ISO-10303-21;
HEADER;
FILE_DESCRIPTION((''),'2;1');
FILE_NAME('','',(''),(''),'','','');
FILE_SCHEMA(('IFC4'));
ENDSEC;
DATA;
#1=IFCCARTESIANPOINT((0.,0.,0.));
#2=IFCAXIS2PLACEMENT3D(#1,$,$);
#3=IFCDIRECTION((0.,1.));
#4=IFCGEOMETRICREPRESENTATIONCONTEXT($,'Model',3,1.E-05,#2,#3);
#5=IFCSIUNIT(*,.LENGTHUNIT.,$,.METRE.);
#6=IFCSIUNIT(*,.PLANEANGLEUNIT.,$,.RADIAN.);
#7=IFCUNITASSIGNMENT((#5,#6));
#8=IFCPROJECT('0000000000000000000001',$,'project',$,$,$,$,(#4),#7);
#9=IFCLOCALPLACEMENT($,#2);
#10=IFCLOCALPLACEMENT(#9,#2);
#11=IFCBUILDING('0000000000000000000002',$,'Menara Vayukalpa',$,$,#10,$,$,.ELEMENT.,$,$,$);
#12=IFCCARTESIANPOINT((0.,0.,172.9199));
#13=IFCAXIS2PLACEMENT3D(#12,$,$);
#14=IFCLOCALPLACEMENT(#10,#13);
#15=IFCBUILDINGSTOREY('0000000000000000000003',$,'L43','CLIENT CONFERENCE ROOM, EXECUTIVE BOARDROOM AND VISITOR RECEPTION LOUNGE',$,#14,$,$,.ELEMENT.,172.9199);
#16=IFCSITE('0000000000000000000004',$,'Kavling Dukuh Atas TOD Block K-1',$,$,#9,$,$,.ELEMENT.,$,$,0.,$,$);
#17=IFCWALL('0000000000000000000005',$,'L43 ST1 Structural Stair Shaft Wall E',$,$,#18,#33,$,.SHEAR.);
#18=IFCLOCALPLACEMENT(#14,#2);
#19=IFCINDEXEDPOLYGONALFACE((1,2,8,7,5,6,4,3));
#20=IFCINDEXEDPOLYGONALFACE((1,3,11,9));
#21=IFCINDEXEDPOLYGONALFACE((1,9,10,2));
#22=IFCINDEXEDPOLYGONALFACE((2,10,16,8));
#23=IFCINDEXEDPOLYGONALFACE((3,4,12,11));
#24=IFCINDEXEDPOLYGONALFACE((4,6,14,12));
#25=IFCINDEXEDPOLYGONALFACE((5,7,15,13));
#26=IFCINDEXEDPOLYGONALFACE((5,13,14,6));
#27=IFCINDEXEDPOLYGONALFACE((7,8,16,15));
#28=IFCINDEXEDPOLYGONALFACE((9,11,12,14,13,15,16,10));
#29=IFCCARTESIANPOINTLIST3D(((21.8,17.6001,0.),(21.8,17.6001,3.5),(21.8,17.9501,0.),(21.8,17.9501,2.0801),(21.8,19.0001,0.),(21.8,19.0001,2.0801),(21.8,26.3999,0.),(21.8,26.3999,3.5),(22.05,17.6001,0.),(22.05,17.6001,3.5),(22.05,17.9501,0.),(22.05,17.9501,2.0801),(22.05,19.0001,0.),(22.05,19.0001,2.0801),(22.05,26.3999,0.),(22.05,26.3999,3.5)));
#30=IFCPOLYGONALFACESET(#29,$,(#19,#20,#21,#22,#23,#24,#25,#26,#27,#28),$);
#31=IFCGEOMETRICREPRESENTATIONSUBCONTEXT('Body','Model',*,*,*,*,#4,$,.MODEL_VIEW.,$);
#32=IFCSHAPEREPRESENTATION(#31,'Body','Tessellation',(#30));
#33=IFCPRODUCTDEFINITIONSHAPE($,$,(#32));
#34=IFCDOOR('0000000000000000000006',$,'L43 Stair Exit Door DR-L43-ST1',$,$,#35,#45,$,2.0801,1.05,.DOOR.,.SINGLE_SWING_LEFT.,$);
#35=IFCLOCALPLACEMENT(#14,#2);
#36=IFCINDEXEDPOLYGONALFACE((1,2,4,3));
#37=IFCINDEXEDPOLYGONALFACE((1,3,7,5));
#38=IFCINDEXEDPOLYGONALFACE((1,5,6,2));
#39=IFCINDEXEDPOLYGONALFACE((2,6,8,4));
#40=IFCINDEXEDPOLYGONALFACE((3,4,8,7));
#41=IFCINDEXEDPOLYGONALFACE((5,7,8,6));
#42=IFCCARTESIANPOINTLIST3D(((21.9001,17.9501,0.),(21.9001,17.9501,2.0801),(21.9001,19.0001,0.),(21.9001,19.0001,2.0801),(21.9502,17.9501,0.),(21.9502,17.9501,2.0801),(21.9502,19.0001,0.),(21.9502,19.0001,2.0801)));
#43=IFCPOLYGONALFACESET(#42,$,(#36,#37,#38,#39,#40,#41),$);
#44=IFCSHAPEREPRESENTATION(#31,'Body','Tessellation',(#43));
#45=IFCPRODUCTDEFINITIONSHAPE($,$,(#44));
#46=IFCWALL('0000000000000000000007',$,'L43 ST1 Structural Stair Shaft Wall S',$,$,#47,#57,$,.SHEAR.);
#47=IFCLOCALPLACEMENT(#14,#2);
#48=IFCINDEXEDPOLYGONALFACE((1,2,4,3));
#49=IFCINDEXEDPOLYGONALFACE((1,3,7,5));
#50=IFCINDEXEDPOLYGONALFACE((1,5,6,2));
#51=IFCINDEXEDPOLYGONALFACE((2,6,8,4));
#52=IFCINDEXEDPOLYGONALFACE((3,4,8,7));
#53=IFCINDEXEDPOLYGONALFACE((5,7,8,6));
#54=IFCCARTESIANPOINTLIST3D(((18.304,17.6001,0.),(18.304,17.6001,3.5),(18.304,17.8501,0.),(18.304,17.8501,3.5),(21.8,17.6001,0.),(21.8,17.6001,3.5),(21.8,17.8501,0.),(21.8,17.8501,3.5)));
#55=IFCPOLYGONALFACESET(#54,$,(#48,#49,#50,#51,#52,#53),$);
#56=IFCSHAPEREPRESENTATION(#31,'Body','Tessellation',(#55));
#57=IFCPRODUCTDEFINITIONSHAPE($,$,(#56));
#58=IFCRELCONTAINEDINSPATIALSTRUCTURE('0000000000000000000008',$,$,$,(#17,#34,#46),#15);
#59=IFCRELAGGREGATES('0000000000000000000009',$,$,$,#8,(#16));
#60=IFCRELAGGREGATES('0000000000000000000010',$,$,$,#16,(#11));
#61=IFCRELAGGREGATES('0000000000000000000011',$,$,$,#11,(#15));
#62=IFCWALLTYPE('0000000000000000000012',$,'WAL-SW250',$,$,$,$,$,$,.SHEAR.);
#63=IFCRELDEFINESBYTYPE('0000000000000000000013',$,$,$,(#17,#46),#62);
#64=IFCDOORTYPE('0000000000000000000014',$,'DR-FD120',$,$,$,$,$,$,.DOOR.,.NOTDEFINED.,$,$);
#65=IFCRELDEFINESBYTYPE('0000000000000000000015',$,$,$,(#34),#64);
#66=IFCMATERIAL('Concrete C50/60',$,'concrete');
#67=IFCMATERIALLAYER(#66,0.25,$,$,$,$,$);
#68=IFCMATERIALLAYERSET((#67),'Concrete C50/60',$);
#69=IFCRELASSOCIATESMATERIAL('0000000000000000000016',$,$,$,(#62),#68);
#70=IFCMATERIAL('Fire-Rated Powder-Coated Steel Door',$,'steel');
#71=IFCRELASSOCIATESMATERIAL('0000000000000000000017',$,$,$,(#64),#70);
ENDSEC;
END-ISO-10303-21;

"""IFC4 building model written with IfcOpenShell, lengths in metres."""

from ifc_helpers import new_model, si_unit, direction, frame, frame_2d, origin, place, context, subcontext, project, spatial, rectangle, extrude, material, layer, layer_set, type_object, element, fill, save


model = new_model("IFC4")

# Units and contexts
model_context = context("Model", 3, precision=1e-05, world=origin(), true_north=direction((0.0, 1.0)))
body_context = subcontext(model_context, "Body", "Model", "MODEL_VIEW")
ifc_project = project(units=[si_unit("LENGTHUNIT", "METRE"), si_unit("PLANEANGLEUNIT", "RADIAN")], contexts=[model_context])

# Site, building, storey
site_placement = place(None, origin())
site = spatial("IfcSite", under=ifc_project, at=site_placement, Name="Kavling Dukuh Atas TOD Block K-1", CompositionType="ELEMENT", RefElevation=0.0)
building_placement = place(site_placement, origin())
building = spatial("IfcBuilding", under=site, at=building_placement, Name="Menara Vayukalpa", CompositionType="ELEMENT")
storey_placement = place(building_placement, frame((0.0, 0.0, 172.9199)))
storey = spatial("IfcBuildingStorey", under=building, at=storey_placement, Name="L43", Description="CLIENT CONFERENCE ROOM, EXECUTIVE BOARDROOM AND VISITOR RECEPTION LOUNGE", CompositionType="ELEMENT", Elevation=172.9199)

# Shared definitions
ifc_material_1 = material(Name="Concrete C50/60", Category="concrete")
ifc_layer_1 = layer(ifc_material_1, 0.25)
ifc_layer_set_1 = layer_set([ifc_layer_1], Name="Concrete C50/60")
wall_type_1 = type_object("IfcWallType", Name="WAL-SW250", PredefinedType="SHEAR", material=ifc_layer_set_1)

# Wall, opening, door
wall_1_placement = place(storey_placement, frame((21.925, 17.6001, 0.0), z_axis=(0.0, 0.0, 1.0), x_axis=(0.0, 1.0, 0.0)))
wall_1 = element("IfcWall", 1, at=wall_1_placement, inside=storey, type_object=wall_type_1, Name="L43 ST1 Structural Stair Shaft Wall E", PredefinedType="SHEAR", context=body_context, shape_type="SweptSolid", body=[
    extrude(rectangle(XDim=8.7998, YDim=0.25, at=frame_2d((4.3999, 0.0))), origin(), (0.0, 0.0, 1.0), 3.5),
])
opening_1_placement = place(wall_1_placement, frame((0.3501, 0.0, 0.0)))
opening_1 = element("IfcOpeningElement", 2, at=opening_1_placement, cuts=wall_1, PredefinedType="OPENING", context=body_context, shape_type="SweptSolid", body=[
    extrude(rectangle(XDim=1.05, YDim=2.0801, at=frame_2d((0.5249, 1.04))), frame((0.0, 0.135, 0.0), z_axis=(0.0, -1.0, 0.0), x_axis=(1.0, 0.0, 0.0)), (0.0, 0.0, 1.0), 0.27),
])
ifc_material_2 = material(Name="Fire-Rated Powder-Coated Steel Door", Category="steel")
door_type_1 = type_object("IfcDoorType", Name="DR-FD120", OperationType="NOTDEFINED", PredefinedType="DOOR", material=ifc_material_2)
door_1_placement = place(opening_1_placement, origin())
door_1 = element("IfcDoor", 3, at=door_1_placement, inside=storey, type_object=door_type_1, Name="L43 Stair Exit Door DR-L43-ST1", OperationType="SINGLE_SWING_LEFT", OverallHeight=2.0801, OverallWidth=1.05, PredefinedType="DOOR", context=body_context, shape_type="SweptSolid", body=[
    extrude(rectangle(XDim=1.05, YDim=2.0801, at=frame_2d((0.5249, 1.04))), frame((0.0, 0.0249, 0.0), z_axis=(0.0, -1.0, 0.0), x_axis=(1.0, 0.0, 0.0)), (0.0, 0.0, 1.0), 0.05),
])
fill(opening_1, door_1)

# Wall
wall_2_placement = place(storey_placement, frame((18.304, 17.7251, 0.0), z_axis=(0.0, 0.0, 1.0), x_axis=(1.0, 0.0, 0.0)))
element("IfcWall", 4, at=wall_2_placement, inside=storey, type_object=wall_type_1, Name="L43 ST1 Structural Stair Shaft Wall S", PredefinedType="SHEAR", context=body_context, shape_type="SweptSolid", body=[
    extrude(rectangle(XDim=3.4961, YDim=0.25, at=frame_2d((1.748, 0.0))), origin(), (0.0, 0.0, 1.0), 3.5),
])

save(model, "model.ifc")
